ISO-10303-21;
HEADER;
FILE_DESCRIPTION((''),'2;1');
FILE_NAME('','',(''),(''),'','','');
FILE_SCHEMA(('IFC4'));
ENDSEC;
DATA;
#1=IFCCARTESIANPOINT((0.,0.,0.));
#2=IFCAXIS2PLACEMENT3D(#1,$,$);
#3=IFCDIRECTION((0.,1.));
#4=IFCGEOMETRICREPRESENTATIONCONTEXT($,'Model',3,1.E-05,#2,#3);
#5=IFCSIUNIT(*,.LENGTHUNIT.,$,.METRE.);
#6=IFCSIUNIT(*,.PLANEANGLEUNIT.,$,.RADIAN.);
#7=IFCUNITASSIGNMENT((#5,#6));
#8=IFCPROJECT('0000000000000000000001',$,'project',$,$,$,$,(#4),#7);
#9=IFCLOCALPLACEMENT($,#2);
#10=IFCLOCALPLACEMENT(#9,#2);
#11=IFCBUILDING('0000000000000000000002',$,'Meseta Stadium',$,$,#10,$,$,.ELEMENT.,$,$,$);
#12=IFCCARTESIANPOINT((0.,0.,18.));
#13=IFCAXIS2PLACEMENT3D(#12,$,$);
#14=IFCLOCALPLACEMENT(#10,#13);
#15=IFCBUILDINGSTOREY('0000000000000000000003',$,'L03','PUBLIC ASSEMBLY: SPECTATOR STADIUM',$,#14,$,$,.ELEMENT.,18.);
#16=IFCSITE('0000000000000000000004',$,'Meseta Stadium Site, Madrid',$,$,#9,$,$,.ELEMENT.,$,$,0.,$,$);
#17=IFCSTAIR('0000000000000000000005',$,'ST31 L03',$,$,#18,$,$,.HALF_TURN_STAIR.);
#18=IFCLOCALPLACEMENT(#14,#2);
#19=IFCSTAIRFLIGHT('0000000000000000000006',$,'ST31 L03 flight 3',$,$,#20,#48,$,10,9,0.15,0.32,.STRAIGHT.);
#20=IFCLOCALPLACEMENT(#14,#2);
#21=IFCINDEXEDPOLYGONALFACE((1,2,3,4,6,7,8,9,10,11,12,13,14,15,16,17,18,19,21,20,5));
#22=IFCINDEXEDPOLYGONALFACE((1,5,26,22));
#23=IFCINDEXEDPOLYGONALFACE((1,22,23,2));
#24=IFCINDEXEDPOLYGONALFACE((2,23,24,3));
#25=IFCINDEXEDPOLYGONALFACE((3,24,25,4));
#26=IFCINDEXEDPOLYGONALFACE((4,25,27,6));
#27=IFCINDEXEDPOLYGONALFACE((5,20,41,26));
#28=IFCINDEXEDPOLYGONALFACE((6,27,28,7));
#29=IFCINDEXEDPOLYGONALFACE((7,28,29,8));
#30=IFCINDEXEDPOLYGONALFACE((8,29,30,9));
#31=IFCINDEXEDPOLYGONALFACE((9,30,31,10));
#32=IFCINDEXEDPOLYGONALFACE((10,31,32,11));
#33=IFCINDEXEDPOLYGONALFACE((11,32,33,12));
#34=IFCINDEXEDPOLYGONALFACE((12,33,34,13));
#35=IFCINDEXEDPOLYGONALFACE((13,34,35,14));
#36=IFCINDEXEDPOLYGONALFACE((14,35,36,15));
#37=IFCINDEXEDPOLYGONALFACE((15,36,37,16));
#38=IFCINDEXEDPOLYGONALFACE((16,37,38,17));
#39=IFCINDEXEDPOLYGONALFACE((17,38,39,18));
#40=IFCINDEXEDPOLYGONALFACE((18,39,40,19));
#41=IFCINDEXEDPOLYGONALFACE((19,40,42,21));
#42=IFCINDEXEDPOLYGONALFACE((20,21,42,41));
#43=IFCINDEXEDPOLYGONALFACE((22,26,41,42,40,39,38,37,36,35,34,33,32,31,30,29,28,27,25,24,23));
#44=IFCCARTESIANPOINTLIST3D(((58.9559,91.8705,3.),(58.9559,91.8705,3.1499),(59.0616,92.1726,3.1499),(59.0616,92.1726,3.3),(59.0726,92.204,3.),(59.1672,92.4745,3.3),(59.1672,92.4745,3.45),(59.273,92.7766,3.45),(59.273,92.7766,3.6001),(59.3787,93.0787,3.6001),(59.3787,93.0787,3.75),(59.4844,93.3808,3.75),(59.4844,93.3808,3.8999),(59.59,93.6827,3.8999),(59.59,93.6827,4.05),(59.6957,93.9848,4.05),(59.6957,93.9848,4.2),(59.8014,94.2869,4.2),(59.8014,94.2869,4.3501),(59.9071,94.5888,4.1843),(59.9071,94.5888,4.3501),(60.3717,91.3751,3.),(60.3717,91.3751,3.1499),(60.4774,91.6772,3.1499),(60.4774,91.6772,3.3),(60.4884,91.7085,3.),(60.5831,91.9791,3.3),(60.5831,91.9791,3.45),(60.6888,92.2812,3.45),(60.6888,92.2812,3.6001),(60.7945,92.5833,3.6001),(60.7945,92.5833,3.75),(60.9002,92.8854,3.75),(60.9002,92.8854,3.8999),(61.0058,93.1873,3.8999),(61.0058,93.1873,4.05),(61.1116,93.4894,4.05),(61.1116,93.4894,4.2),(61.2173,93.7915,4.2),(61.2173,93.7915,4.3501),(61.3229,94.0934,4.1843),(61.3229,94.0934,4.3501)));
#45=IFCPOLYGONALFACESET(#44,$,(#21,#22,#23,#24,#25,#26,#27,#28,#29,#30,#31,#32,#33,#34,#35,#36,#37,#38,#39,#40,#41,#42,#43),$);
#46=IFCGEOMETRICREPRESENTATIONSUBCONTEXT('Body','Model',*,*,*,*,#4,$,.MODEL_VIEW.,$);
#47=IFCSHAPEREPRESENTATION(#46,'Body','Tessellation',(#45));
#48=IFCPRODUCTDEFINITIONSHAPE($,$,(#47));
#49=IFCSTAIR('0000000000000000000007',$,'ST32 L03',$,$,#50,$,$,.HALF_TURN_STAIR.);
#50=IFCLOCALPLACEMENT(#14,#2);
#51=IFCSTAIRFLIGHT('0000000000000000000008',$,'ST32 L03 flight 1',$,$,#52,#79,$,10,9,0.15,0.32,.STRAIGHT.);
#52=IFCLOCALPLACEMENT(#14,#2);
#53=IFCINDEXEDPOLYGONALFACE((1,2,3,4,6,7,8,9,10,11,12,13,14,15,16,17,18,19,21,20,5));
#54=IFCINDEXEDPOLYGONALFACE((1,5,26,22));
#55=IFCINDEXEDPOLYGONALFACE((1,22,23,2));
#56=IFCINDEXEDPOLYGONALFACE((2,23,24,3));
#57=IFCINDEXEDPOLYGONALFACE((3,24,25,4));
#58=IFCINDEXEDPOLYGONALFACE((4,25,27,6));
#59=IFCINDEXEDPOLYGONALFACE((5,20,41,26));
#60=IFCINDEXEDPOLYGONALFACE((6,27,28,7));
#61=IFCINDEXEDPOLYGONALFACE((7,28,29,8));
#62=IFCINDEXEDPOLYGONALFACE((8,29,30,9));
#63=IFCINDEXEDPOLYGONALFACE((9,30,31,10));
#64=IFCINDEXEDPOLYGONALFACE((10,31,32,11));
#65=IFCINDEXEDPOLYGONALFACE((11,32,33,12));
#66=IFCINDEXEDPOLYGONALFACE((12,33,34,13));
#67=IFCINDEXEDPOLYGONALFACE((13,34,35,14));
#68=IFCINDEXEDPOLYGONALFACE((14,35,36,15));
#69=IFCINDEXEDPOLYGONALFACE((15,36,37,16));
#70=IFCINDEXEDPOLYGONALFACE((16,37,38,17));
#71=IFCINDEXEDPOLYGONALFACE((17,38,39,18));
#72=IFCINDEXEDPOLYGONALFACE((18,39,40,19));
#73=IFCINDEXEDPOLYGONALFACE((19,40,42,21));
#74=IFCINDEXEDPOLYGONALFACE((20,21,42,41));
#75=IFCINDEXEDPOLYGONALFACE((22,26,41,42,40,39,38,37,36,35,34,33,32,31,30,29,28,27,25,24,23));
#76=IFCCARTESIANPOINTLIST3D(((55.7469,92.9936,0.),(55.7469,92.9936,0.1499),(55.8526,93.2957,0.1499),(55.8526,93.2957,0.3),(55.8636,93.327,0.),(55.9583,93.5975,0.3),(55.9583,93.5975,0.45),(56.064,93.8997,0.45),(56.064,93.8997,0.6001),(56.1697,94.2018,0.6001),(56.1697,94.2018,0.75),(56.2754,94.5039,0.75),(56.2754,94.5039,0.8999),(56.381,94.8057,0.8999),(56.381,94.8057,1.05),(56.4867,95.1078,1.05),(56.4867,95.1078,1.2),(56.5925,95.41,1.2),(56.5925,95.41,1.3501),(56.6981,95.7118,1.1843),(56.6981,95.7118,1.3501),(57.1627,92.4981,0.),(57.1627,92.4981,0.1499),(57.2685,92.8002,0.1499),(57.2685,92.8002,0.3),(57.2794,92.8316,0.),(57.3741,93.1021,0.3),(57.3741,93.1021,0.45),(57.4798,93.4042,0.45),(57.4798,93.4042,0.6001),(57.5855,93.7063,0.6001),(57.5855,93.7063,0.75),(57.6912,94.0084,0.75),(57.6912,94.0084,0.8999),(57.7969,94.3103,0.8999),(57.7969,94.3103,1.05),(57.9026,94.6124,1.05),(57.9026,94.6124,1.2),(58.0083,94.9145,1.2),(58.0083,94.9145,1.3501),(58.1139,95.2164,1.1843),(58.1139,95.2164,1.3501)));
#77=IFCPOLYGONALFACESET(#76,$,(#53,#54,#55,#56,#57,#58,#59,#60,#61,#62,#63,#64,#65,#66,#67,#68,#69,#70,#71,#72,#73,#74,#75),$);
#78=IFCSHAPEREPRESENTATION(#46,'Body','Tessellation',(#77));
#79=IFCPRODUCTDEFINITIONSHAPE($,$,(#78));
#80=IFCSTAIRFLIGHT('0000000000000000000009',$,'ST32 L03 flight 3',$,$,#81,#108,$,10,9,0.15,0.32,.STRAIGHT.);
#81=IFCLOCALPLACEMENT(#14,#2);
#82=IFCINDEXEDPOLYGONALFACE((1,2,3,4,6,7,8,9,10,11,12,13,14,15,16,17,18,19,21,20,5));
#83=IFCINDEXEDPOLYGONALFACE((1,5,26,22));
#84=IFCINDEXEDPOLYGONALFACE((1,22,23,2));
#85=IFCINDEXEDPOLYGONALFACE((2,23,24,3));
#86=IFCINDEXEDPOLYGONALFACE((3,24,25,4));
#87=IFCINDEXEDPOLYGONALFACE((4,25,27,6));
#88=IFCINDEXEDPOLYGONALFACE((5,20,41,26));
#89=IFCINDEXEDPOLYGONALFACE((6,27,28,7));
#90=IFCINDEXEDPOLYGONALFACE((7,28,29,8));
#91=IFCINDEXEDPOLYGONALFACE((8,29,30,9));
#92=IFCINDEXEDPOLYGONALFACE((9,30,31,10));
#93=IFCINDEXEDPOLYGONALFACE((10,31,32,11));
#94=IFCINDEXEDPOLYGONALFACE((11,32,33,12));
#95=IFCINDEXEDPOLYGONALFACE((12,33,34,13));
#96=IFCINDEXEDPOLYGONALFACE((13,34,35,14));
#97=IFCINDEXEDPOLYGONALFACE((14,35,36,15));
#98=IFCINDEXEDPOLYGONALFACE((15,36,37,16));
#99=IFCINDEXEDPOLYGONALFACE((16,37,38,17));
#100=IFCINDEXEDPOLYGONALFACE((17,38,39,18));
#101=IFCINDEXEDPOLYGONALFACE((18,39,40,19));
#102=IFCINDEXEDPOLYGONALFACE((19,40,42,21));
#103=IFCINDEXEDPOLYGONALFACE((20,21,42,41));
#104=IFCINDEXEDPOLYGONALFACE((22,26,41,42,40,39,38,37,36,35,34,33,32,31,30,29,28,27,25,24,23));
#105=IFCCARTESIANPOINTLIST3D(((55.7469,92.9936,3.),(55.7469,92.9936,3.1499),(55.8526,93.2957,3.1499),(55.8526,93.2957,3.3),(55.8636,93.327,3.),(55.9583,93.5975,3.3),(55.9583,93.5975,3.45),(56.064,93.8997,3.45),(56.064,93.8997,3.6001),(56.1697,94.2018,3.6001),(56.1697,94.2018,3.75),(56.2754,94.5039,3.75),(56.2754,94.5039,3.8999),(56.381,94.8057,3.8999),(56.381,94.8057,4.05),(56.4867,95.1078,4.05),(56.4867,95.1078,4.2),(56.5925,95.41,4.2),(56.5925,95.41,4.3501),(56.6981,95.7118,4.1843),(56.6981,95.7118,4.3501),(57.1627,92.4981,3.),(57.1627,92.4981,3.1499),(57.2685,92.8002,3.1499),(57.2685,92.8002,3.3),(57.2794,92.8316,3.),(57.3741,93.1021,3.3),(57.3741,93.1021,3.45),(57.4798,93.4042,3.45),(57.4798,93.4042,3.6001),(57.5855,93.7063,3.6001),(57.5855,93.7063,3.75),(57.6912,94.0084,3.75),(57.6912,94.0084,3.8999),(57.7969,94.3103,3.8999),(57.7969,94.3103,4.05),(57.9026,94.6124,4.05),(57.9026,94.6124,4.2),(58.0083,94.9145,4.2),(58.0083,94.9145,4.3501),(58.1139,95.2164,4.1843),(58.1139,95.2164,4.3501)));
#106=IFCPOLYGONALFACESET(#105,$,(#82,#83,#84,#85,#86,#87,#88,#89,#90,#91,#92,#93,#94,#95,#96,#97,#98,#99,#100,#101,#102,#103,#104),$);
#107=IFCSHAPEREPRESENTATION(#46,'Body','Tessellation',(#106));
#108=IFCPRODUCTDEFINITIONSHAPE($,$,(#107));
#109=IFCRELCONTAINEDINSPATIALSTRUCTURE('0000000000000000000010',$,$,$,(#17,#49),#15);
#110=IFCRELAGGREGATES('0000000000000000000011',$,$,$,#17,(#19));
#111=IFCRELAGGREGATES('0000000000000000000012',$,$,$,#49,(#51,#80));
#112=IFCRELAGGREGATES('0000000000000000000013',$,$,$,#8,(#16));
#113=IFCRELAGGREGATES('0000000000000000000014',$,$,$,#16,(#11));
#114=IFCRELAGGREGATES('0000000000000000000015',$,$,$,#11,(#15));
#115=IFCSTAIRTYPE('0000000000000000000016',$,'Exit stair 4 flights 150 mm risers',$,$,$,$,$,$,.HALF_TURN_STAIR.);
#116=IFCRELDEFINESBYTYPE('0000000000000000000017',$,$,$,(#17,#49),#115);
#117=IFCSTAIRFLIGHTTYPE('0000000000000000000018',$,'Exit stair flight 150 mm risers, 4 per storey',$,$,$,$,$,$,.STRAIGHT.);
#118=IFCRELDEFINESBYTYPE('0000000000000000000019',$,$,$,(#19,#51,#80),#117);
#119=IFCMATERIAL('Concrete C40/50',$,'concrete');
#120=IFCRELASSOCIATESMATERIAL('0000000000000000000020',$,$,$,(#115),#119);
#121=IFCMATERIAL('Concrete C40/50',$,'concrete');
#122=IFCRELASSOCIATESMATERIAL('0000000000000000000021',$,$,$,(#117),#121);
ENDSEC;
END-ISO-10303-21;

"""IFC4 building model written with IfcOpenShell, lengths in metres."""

from ifc_helpers import new_model, si_unit, direction, frame, origin, place, context, subcontext, project, spatial, polyline, outline, extrude, material, type_object, element, aggregate, save


model = new_model("IFC4")

# Units and contexts
model_context = context("Model", 3, precision=1e-05, world=origin(), true_north=direction((0.0, 1.0)))
body_context = subcontext(model_context, "Body", "Model", "MODEL_VIEW")
ifc_project = project(units=[si_unit("LENGTHUNIT", "METRE"), si_unit("PLANEANGLEUNIT", "RADIAN")], contexts=[model_context])

# Site, building, storey
site_placement = place(None, origin())
site = spatial("IfcSite", under=ifc_project, at=site_placement, Name="Meseta Stadium Site, Madrid", CompositionType="ELEMENT", RefElevation=0.0)
building_placement = place(site_placement, origin())
building = spatial("IfcBuilding", under=site, at=building_placement, Name="Meseta Stadium", CompositionType="ELEMENT")
storey_placement = place(building_placement, frame((0.0, 0.0, 18.0)))
storey = spatial("IfcBuildingStorey", under=building, at=storey_placement, Name="L03", Description="PUBLIC ASSEMBLY: SPECTATOR STADIUM", CompositionType="ELEMENT", Elevation=18.0)

# Shared definitions
ifc_material_1 = material(Name="Concrete C40/50", Category="concrete")
stair_type = type_object("IfcStairType", Name="Exit stair 4 flights 150 mm risers", PredefinedType="HALF_TURN_STAIR", material=ifc_material_1)
ifc_material_2 = material(Name="Concrete C40/50", Category="concrete")
stair_flight_type = type_object("IfcStairFlightType", Name="Exit stair flight 150 mm risers, 4 per storey", PredefinedType="STRAIGHT", material=ifc_material_2)

# Stairs, stair flights
stair_1_placement = place(storey_placement, origin())
stair_1 = element("IfcStair", 1, at=stair_1_placement, inside=storey, type_object=stair_type, Name="ST31 L03", PredefinedType="HALF_TURN_STAIR")
stair_flight_1_placement = place(storey_placement, frame((59.6638, 91.6228, 3.0), z_axis=(0.0, 0.0, 1.0), x_axis=(0.330279, 0.943883, 0.0)))
stair_flight_1 = element("IfcStairFlight", 2, at=stair_flight_1_placement, type_object=stair_flight_type, Name="ST31 L03 flight 3", NumberOfRisers=10, NumberOfTreads=9, PredefinedType="STRAIGHT", RiserHeight=0.15, TreadLength=0.32, context=body_context, shape_type="SweptSolid", body=[
    extrude(outline(polyline([(0.0, 0.0), (0.0, 0.1499), (0.3201, 0.1499), (0.3201, 0.3), (0.6399, 0.3), (0.6399, 0.45), (0.96, 0.45), (0.96, 0.6001), (1.28, 0.6001), (1.28, 0.75), (1.6001, 0.75), (1.6001, 0.8999), (1.9199, 0.8999), (1.9199, 1.05), (2.24, 1.05), (2.24, 1.2), (2.5601, 1.2), (2.5601, 1.3501), (2.8799, 1.3501), (2.8799, 1.1843), (0.3533, 0.0), (0.0, 0.0)])), frame((0.0, 0.75, 0.0), z_axis=(0.0, -1.0, 0.0), x_axis=(1.0, 0.0, 0.0)), (0.0, 0.0, 1.0), 1.5),
])
aggregate(stair_1, [stair_flight_1])
stair_2_placement = place(storey_placement, origin())
stair_2 = element("IfcStair", 3, at=stair_2_placement, inside=storey, type_object=stair_type, Name="ST32 L03", PredefinedType="HALF_TURN_STAIR")
stair_flight_2_placement = place(storey_placement, frame((56.4548, 92.7458, 0.0), z_axis=(0.0, 0.0, 1.0), x_axis=(0.330279, 0.943883, 0.0)))
stair_flight_2 = element("IfcStairFlight", 4, at=stair_flight_2_placement, type_object=stair_flight_type, Name="ST32 L03 flight 1", NumberOfRisers=10, NumberOfTreads=9, PredefinedType="STRAIGHT", RiserHeight=0.15, TreadLength=0.32, context=body_context, shape_type="SweptSolid", body=[
    extrude(outline(polyline([(0.0, 0.0), (0.0, 0.1499), (0.3201, 0.1499), (0.3201, 0.3), (0.6399, 0.3), (0.6399, 0.45), (0.96, 0.45), (0.96, 0.6001), (1.28, 0.6001), (1.28, 0.75), (1.6001, 0.75), (1.6001, 0.8999), (1.9199, 0.8999), (1.9199, 1.05), (2.24, 1.05), (2.24, 1.2), (2.5601, 1.2), (2.5601, 1.3501), (2.8799, 1.3501), (2.8799, 1.1843), (0.3533, 0.0), (0.0, 0.0)])), frame((0.0, 0.75, 0.0), z_axis=(0.0, -1.0, 0.0), x_axis=(1.0, 0.0, 0.0)), (0.0, 0.0, 1.0), 1.5),
])
stair_flight_3_placement = place(storey_placement, frame((56.4548, 92.7458, 3.0), z_axis=(0.0, 0.0, 1.0), x_axis=(0.330279, 0.943883, 0.0)))
stair_flight_3 = element("IfcStairFlight", 5, at=stair_flight_3_placement, type_object=stair_flight_type, Name="ST32 L03 flight 3", NumberOfRisers=10, NumberOfTreads=9, PredefinedType="STRAIGHT", RiserHeight=0.15, TreadLength=0.32, context=body_context, shape_type="SweptSolid", body=[
    extrude(outline(polyline([(0.0, 0.0), (0.0, 0.1499), (0.3201, 0.1499), (0.3201, 0.3), (0.6399, 0.3), (0.6399, 0.45), (0.96, 0.45), (0.96, 0.6001), (1.28, 0.6001), (1.28, 0.75), (1.6001, 0.75), (1.6001, 0.8999), (1.9199, 0.8999), (1.9199, 1.05), (2.24, 1.05), (2.24, 1.2), (2.5601, 1.2), (2.5601, 1.3501), (2.8799, 1.3501), (2.8799, 1.1843), (0.3533, 0.0), (0.0, 0.0)])), frame((0.0, 0.75, 0.0), z_axis=(0.0, -1.0, 0.0), x_axis=(1.0, 0.0, 0.0)), (0.0, 0.0, 1.0), 1.5),
])
aggregate(stair_2, [stair_flight_2, stair_flight_3])

save(model, "model.ifc")
